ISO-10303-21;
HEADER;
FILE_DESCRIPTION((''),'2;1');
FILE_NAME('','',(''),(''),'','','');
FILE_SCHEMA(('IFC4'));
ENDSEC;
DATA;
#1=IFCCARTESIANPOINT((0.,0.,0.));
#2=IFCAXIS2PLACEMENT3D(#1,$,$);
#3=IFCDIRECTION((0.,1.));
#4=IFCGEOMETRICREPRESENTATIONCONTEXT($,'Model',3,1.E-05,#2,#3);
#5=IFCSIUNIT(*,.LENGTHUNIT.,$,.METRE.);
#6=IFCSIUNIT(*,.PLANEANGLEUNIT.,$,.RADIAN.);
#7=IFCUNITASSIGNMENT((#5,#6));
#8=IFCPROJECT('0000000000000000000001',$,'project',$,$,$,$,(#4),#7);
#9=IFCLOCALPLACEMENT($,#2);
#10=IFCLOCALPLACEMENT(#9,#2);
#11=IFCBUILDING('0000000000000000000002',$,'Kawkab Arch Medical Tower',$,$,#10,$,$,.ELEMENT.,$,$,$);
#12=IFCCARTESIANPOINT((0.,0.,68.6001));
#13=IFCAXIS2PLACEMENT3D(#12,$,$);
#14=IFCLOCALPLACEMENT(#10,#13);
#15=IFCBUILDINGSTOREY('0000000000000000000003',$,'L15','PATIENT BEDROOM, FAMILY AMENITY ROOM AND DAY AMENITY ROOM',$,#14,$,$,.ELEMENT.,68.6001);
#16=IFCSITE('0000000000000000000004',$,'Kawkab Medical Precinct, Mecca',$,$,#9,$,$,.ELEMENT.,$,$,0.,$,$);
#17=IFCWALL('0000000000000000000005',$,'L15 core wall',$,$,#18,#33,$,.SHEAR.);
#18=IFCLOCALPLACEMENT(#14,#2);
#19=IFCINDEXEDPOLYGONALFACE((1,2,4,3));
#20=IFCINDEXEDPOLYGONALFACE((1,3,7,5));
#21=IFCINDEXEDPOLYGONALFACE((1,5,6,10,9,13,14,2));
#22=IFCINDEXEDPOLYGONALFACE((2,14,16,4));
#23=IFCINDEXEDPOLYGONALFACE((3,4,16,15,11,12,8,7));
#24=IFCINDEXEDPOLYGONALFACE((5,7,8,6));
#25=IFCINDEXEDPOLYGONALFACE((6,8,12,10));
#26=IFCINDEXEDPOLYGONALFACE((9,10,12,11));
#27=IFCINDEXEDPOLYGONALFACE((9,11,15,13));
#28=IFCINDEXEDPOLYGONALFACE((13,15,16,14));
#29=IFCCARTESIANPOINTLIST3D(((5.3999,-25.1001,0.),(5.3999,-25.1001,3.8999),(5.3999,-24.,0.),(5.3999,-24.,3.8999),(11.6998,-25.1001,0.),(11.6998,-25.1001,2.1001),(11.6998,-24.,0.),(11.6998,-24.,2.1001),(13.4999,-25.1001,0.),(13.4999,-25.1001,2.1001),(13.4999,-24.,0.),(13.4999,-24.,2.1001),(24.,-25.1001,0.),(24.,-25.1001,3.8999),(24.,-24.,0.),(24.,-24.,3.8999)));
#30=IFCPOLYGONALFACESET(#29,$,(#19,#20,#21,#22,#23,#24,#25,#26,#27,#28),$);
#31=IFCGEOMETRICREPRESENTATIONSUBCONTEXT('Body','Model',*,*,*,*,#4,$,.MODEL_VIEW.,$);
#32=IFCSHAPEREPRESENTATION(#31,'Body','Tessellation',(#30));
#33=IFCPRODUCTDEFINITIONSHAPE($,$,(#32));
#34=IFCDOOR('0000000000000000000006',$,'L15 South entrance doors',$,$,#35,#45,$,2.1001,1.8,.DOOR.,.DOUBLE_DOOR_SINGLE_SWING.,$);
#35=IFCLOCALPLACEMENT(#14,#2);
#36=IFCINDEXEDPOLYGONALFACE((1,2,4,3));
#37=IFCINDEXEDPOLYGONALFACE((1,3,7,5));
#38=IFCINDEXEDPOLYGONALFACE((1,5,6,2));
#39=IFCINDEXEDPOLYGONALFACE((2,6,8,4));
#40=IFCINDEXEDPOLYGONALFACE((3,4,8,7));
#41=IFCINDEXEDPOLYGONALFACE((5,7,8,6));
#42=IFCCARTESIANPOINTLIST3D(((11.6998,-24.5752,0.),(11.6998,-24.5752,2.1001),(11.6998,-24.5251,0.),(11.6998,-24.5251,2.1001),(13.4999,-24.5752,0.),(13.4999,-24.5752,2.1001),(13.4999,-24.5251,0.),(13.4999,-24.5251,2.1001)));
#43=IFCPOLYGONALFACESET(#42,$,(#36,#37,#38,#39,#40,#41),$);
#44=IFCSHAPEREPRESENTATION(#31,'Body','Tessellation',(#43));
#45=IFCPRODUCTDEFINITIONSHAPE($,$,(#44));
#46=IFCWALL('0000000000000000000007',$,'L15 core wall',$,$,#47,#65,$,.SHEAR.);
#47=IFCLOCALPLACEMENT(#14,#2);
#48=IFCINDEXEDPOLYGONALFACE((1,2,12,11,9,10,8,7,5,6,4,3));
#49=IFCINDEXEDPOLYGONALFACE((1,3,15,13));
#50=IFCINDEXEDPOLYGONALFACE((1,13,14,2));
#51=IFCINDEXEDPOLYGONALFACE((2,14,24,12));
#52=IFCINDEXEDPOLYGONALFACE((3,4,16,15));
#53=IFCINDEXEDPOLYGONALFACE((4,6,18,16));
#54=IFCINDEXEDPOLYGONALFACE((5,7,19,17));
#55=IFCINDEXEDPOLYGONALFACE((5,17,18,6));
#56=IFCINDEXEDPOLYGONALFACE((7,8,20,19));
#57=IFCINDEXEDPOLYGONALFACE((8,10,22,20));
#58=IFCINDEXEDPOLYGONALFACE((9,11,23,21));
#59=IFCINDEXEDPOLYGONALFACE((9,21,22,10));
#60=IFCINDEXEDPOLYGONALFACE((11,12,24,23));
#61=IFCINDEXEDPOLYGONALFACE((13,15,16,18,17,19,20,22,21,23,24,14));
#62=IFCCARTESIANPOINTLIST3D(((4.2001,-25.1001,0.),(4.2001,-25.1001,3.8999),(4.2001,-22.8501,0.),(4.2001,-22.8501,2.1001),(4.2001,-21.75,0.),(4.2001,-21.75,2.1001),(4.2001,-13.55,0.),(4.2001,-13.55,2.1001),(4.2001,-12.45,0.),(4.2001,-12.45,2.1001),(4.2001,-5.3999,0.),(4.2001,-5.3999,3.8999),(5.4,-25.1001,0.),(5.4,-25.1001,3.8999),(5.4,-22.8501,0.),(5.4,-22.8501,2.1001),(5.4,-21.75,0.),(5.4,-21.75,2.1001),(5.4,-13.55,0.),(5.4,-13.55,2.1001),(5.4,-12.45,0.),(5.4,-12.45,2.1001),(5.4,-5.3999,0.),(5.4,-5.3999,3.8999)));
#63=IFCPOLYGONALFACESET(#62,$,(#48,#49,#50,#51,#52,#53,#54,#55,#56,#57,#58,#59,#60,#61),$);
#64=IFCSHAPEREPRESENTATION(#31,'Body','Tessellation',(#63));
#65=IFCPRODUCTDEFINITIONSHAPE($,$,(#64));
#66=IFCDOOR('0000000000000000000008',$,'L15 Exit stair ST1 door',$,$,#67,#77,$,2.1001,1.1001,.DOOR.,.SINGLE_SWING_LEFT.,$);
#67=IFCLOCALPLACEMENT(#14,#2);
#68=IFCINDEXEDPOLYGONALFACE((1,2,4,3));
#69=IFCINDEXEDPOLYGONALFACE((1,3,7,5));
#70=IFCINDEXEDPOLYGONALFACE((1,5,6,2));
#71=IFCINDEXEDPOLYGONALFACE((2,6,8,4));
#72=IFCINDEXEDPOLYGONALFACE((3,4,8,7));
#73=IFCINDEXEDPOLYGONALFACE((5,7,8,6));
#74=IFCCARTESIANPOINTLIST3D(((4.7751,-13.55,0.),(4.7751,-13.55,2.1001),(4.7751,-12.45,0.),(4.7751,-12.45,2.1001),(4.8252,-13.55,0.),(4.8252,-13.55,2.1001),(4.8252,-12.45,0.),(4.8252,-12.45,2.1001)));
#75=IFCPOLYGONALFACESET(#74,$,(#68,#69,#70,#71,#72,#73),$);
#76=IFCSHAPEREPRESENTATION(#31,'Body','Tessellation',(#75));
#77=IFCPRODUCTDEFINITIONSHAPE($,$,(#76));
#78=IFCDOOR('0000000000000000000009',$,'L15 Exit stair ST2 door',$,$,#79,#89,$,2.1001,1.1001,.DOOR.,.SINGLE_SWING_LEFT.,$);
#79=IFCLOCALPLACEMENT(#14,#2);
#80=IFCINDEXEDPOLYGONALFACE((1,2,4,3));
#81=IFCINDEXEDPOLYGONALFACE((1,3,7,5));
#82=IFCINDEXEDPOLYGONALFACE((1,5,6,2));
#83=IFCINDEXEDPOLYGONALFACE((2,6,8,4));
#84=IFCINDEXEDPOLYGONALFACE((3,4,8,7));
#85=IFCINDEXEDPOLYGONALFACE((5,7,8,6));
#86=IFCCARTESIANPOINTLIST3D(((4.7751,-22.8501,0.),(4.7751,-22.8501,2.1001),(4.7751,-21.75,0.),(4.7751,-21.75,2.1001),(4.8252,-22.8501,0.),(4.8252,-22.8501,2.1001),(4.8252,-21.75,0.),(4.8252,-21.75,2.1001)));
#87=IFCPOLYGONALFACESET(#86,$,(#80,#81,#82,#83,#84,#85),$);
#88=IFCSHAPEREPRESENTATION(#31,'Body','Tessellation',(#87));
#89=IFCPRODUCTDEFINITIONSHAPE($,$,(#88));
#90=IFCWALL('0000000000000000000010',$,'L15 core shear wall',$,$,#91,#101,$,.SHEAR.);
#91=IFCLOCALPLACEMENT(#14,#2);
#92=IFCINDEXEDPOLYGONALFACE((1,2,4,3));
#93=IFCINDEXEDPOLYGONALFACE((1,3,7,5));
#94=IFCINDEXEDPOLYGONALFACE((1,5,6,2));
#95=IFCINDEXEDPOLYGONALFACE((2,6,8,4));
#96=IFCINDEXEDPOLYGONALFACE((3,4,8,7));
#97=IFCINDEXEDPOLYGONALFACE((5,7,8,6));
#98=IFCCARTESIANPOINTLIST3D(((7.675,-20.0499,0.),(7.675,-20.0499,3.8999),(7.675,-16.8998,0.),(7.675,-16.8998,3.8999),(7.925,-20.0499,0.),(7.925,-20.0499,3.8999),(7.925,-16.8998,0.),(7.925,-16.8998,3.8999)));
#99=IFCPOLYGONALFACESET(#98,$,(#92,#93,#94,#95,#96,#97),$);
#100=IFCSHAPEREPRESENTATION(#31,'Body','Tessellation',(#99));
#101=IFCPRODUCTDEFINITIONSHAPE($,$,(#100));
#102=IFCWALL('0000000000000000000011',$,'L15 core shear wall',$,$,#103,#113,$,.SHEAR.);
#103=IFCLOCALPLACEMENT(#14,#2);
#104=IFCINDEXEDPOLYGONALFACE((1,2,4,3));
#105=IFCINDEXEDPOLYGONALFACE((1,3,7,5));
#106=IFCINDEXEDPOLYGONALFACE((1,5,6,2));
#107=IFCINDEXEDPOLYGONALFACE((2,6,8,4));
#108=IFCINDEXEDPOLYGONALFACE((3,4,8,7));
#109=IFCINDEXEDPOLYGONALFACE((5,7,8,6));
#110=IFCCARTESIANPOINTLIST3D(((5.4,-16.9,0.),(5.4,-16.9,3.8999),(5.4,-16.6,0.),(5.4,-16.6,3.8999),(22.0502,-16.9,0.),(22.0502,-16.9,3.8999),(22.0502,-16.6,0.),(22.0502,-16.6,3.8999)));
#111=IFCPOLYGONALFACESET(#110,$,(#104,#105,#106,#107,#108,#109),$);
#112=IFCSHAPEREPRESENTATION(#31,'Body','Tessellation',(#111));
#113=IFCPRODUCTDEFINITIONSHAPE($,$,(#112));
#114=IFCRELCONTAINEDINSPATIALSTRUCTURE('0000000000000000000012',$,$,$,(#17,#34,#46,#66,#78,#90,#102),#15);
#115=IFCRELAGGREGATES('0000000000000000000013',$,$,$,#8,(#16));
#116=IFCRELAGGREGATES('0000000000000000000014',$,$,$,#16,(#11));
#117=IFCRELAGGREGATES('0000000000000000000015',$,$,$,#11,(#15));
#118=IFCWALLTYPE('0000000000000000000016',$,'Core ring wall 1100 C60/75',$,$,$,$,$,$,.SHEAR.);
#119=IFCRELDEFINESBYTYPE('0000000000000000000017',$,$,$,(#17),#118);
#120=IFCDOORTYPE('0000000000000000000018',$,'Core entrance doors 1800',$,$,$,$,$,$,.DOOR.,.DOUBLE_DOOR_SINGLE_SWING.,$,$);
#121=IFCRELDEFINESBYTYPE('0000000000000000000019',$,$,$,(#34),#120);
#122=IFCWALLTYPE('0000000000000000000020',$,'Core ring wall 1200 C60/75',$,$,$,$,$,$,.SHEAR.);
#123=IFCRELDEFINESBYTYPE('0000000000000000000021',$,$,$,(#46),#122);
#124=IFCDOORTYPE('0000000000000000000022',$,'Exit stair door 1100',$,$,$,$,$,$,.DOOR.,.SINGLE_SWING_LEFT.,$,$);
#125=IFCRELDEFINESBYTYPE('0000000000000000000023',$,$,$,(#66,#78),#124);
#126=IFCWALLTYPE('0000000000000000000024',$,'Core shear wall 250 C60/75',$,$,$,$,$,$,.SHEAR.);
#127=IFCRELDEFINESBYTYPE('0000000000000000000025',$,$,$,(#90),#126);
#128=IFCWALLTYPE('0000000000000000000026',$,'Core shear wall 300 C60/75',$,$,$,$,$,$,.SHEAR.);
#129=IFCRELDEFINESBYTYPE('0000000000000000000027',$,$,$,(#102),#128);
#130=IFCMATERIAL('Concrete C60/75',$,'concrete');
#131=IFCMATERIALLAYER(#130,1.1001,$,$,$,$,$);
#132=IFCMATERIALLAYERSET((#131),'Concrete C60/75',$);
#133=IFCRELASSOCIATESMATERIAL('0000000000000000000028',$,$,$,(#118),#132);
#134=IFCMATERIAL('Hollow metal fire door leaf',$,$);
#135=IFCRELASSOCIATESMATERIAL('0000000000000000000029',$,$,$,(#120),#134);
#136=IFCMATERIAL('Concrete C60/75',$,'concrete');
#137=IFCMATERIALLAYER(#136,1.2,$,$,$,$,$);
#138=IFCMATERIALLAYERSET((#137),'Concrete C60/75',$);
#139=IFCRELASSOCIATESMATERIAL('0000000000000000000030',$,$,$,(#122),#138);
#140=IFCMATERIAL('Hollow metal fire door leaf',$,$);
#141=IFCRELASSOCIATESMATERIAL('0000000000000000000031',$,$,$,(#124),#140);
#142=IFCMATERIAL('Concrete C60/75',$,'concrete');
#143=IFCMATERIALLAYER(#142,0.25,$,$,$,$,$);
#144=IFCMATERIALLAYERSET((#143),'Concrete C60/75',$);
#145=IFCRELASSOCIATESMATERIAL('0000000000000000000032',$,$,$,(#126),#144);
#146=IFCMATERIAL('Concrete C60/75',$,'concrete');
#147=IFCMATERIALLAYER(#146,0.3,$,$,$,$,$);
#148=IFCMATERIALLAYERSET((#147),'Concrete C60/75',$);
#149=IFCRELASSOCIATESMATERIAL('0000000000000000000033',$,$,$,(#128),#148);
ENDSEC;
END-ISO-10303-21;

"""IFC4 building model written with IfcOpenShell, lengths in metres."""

from ifc_helpers import new_model, si_unit, direction, frame, frame_2d, origin, place, context, subcontext, project, spatial, rectangle, extrude, material, layer, layer_set, type_object, element, fill, save


model = new_model("IFC4")

# Units and contexts
model_context = context("Model", 3, precision=1e-05, world=origin(), true_north=direction((0.0, 1.0)))
body_context = subcontext(model_context, "Body", "Model", "MODEL_VIEW")
ifc_project = project(units=[si_unit("LENGTHUNIT", "METRE"), si_unit("PLANEANGLEUNIT", "RADIAN")], contexts=[model_context])

# Site, building, storey
site_placement = place(None, origin())
site = spatial("IfcSite", under=ifc_project, at=site_placement, Name="Kawkab Medical Precinct, Mecca", CompositionType="ELEMENT", RefElevation=0.0)
building_placement = place(site_placement, origin())
building = spatial("IfcBuilding", under=site, at=building_placement, Name="Kawkab Arch Medical Tower", CompositionType="ELEMENT")
storey_placement = place(building_placement, frame((0.0, 0.0, 68.6001)))
storey = spatial("IfcBuildingStorey", under=building, at=storey_placement, Name="L15", Description="PATIENT BEDROOM, FAMILY AMENITY ROOM AND DAY AMENITY ROOM", CompositionType="ELEMENT", Elevation=68.6001)

# Wall, opening, door
ifc_material_1 = material(Name="Concrete C60/75", Category="concrete")
ifc_layer_1 = layer(ifc_material_1, 1.1001)
ifc_layer_set_1 = layer_set([ifc_layer_1], Name="Concrete C60/75")
wall_type_1 = type_object("IfcWallType", Name="Core ring wall 1100 C60/75", PredefinedType="SHEAR", material=ifc_layer_set_1)
wall_1_placement = place(storey_placement, frame((5.3999, -24.55, 0.0), z_axis=(0.0, 0.0, 1.0), x_axis=(1.0, 0.0, 0.0)))
wall_1 = element("IfcWall", 1, at=wall_1_placement, inside=storey, type_object=wall_type_1, Name="L15 core wall", PredefinedType="SHEAR", context=body_context, shape_type="SweptSolid", body=[
    extrude(rectangle(XDim=18.6001, YDim=1.1001, at=frame_2d((9.3, 0.0))), origin(), (0.0, 0.0, 1.0), 3.8999),
])
opening_1_placement = place(wall_1_placement, frame((6.3, 0.0, 0.0)))
opening_1 = element("IfcOpeningElement", 2, at=opening_1_placement, cuts=wall_1, PredefinedType="OPENING", context=body_context, shape_type="SweptSolid", body=[
    extrude(rectangle(XDim=1.8, YDim=2.1001, at=frame_2d((0.8999, 1.05))), frame((0.0, 0.5601, 0.0), z_axis=(0.0, -1.0, 0.0), x_axis=(1.0, 0.0, 0.0)), (0.0, 0.0, 1.0), 1.1201),
])
ifc_material_2 = material(Name="Hollow metal fire door leaf")
door_type_1 = type_object("IfcDoorType", Name="Core entrance doors 1800", OperationType="DOUBLE_DOOR_SINGLE_SWING", PredefinedType="DOOR", material=ifc_material_2)
door_1_placement = place(opening_1_placement, origin())
door_1 = element("IfcDoor", 3, at=door_1_placement, inside=storey, type_object=door_type_1, Name="L15 South entrance doors", OperationType="DOUBLE_DOOR_SINGLE_SWING", OverallHeight=2.1001, OverallWidth=1.8, PredefinedType="DOOR", context=body_context, shape_type="SweptSolid", body=[
    extrude(rectangle(XDim=1.8, YDim=2.1001, at=frame_2d((0.8999, 1.05))), frame((0.0, 0.0249, 0.0), z_axis=(0.0, -1.0, 0.0), x_axis=(1.0, 0.0, 0.0)), (0.0, 0.0, 1.0), 0.05),
])
fill(opening_1, door_1)

# Wall, openings, doors
ifc_material_3 = material(Name="Concrete C60/75", Category="concrete")
ifc_layer_2 = layer(ifc_material_3, 1.2)
ifc_layer_set_2 = layer_set([ifc_layer_2], Name="Concrete C60/75")
wall_type_2 = type_object("IfcWallType", Name="Core ring wall 1200 C60/75", PredefinedType="SHEAR", material=ifc_layer_set_2)
wall_2_placement = place(storey_placement, frame((4.8, -25.1001, 0.0), z_axis=(0.0, 0.0, 1.0), x_axis=(0.0, 1.0, 0.0)))
wall_2 = element("IfcWall", 4, at=wall_2_placement, inside=storey, type_object=wall_type_2, Name="L15 core wall", PredefinedType="SHEAR", context=body_context, shape_type="SweptSolid", body=[
    extrude(rectangle(XDim=19.7002, YDim=1.2, at=frame_2d((9.8501, 0.0))), origin(), (0.0, 0.0, 1.0), 3.8999),
])
opening_2_placement = place(wall_2_placement, frame((11.55, 0.0, 0.0)))
opening_2 = element("IfcOpeningElement", 5, at=opening_2_placement, cuts=wall_2, PredefinedType="OPENING", context=body_context, shape_type="SweptSolid", body=[
    extrude(rectangle(XDim=1.1001, YDim=2.1001, at=frame_2d((0.55, 1.05))), frame((0.0, 0.6099, 0.0), z_axis=(0.0, -1.0, 0.0), x_axis=(1.0, 0.0, 0.0)), (0.0, 0.0, 1.0), 1.22),
])
opening_3_placement = place(wall_2_placement, frame((2.25, 0.0, 0.0)))
opening_3 = element("IfcOpeningElement", 6, at=opening_3_placement, cuts=wall_2, PredefinedType="OPENING", context=body_context, shape_type="SweptSolid", body=[
    extrude(rectangle(XDim=1.1001, YDim=2.1001, at=frame_2d((0.55, 1.05))), frame((0.0, 0.6099, 0.0), z_axis=(0.0, -1.0, 0.0), x_axis=(1.0, 0.0, 0.0)), (0.0, 0.0, 1.0), 1.22),
])
ifc_material_4 = material(Name="Hollow metal fire door leaf")
door_type_2 = type_object("IfcDoorType", Name="Exit stair door 1100", OperationType="SINGLE_SWING_LEFT", PredefinedType="DOOR", material=ifc_material_4)
door_2_placement = place(opening_2_placement, origin())
door_2 = element("IfcDoor", 7, at=door_2_placement, inside=storey, type_object=door_type_2, Name="L15 Exit stair ST1 door", OperationType="SINGLE_SWING_LEFT", OverallHeight=2.1001, OverallWidth=1.1001, PredefinedType="DOOR", context=body_context, shape_type="SweptSolid", body=[
    extrude(rectangle(XDim=1.1001, YDim=2.1001, at=frame_2d((0.55, 1.05))), frame((0.0, 0.0249, 0.0), z_axis=(0.0, -1.0, 0.0), x_axis=(1.0, 0.0, 0.0)), (0.0, 0.0, 1.0), 0.05),
])
fill(opening_2, door_2)
door_3_placement = place(opening_3_placement, origin())
door_3 = element("IfcDoor", 8, at=door_3_placement, inside=storey, type_object=door_type_2, Name="L15 Exit stair ST2 door", OperationType="SINGLE_SWING_LEFT", OverallHeight=2.1001, OverallWidth=1.1001, PredefinedType="DOOR", context=body_context, shape_type="SweptSolid", body=[
    extrude(rectangle(XDim=1.1001, YDim=2.1001, at=frame_2d((0.55, 1.05))), frame((0.0, 0.0249, 0.0), z_axis=(0.0, -1.0, 0.0), x_axis=(1.0, 0.0, 0.0)), (0.0, 0.0, 1.0), 0.05),
])
fill(opening_3, door_3)

# Walls
ifc_material_5 = material(Name="Concrete C60/75", Category="concrete")
ifc_layer_3 = layer(ifc_material_5, 0.25)
ifc_layer_set_3 = layer_set([ifc_layer_3], Name="Concrete C60/75")
wall_type_3 = type_object("IfcWallType", Name="Core shear wall 250 C60/75", PredefinedType="SHEAR", material=ifc_layer_set_3)
wall_3_placement = place(storey_placement, frame((7.8, -20.05, 0.0), z_axis=(0.0, 0.0, 1.0), x_axis=(0.0, 1.0, 0.0)))
element("IfcWall", 9, at=wall_3_placement, inside=storey, type_object=wall_type_3, Name="L15 core shear wall", PredefinedType="SHEAR", context=body_context, shape_type="SweptSolid", body=[
    extrude(rectangle(XDim=3.1501, YDim=0.25, at=frame_2d((1.5752, 0.0))), origin(), (0.0, 0.0, 1.0), 3.8999),
])
ifc_material_6 = material(Name="Concrete C60/75", Category="concrete")
ifc_layer_4 = layer(ifc_material_6, 0.3)
ifc_layer_set_4 = layer_set([ifc_layer_4], Name="Concrete C60/75")
wall_type_4 = type_object("IfcWallType", Name="Core shear wall 300 C60/75", PredefinedType="SHEAR", material=ifc_layer_set_4)
wall_4_placement = place(storey_placement, frame((5.3999, -16.75, 0.0), z_axis=(0.0, 0.0, 1.0), x_axis=(1.0, 0.0, 0.0)))
element("IfcWall", 10, at=wall_4_placement, inside=storey, type_object=wall_type_4, Name="L15 core shear wall", PredefinedType="SHEAR", context=body_context, shape_type="SweptSolid", body=[
    extrude(rectangle(XDim=16.6501, YDim=0.3, at=frame_2d((8.3252, 0.0))), origin(), (0.0, 0.0, 1.0), 3.8999),
])

save(model, "model.ifc")
